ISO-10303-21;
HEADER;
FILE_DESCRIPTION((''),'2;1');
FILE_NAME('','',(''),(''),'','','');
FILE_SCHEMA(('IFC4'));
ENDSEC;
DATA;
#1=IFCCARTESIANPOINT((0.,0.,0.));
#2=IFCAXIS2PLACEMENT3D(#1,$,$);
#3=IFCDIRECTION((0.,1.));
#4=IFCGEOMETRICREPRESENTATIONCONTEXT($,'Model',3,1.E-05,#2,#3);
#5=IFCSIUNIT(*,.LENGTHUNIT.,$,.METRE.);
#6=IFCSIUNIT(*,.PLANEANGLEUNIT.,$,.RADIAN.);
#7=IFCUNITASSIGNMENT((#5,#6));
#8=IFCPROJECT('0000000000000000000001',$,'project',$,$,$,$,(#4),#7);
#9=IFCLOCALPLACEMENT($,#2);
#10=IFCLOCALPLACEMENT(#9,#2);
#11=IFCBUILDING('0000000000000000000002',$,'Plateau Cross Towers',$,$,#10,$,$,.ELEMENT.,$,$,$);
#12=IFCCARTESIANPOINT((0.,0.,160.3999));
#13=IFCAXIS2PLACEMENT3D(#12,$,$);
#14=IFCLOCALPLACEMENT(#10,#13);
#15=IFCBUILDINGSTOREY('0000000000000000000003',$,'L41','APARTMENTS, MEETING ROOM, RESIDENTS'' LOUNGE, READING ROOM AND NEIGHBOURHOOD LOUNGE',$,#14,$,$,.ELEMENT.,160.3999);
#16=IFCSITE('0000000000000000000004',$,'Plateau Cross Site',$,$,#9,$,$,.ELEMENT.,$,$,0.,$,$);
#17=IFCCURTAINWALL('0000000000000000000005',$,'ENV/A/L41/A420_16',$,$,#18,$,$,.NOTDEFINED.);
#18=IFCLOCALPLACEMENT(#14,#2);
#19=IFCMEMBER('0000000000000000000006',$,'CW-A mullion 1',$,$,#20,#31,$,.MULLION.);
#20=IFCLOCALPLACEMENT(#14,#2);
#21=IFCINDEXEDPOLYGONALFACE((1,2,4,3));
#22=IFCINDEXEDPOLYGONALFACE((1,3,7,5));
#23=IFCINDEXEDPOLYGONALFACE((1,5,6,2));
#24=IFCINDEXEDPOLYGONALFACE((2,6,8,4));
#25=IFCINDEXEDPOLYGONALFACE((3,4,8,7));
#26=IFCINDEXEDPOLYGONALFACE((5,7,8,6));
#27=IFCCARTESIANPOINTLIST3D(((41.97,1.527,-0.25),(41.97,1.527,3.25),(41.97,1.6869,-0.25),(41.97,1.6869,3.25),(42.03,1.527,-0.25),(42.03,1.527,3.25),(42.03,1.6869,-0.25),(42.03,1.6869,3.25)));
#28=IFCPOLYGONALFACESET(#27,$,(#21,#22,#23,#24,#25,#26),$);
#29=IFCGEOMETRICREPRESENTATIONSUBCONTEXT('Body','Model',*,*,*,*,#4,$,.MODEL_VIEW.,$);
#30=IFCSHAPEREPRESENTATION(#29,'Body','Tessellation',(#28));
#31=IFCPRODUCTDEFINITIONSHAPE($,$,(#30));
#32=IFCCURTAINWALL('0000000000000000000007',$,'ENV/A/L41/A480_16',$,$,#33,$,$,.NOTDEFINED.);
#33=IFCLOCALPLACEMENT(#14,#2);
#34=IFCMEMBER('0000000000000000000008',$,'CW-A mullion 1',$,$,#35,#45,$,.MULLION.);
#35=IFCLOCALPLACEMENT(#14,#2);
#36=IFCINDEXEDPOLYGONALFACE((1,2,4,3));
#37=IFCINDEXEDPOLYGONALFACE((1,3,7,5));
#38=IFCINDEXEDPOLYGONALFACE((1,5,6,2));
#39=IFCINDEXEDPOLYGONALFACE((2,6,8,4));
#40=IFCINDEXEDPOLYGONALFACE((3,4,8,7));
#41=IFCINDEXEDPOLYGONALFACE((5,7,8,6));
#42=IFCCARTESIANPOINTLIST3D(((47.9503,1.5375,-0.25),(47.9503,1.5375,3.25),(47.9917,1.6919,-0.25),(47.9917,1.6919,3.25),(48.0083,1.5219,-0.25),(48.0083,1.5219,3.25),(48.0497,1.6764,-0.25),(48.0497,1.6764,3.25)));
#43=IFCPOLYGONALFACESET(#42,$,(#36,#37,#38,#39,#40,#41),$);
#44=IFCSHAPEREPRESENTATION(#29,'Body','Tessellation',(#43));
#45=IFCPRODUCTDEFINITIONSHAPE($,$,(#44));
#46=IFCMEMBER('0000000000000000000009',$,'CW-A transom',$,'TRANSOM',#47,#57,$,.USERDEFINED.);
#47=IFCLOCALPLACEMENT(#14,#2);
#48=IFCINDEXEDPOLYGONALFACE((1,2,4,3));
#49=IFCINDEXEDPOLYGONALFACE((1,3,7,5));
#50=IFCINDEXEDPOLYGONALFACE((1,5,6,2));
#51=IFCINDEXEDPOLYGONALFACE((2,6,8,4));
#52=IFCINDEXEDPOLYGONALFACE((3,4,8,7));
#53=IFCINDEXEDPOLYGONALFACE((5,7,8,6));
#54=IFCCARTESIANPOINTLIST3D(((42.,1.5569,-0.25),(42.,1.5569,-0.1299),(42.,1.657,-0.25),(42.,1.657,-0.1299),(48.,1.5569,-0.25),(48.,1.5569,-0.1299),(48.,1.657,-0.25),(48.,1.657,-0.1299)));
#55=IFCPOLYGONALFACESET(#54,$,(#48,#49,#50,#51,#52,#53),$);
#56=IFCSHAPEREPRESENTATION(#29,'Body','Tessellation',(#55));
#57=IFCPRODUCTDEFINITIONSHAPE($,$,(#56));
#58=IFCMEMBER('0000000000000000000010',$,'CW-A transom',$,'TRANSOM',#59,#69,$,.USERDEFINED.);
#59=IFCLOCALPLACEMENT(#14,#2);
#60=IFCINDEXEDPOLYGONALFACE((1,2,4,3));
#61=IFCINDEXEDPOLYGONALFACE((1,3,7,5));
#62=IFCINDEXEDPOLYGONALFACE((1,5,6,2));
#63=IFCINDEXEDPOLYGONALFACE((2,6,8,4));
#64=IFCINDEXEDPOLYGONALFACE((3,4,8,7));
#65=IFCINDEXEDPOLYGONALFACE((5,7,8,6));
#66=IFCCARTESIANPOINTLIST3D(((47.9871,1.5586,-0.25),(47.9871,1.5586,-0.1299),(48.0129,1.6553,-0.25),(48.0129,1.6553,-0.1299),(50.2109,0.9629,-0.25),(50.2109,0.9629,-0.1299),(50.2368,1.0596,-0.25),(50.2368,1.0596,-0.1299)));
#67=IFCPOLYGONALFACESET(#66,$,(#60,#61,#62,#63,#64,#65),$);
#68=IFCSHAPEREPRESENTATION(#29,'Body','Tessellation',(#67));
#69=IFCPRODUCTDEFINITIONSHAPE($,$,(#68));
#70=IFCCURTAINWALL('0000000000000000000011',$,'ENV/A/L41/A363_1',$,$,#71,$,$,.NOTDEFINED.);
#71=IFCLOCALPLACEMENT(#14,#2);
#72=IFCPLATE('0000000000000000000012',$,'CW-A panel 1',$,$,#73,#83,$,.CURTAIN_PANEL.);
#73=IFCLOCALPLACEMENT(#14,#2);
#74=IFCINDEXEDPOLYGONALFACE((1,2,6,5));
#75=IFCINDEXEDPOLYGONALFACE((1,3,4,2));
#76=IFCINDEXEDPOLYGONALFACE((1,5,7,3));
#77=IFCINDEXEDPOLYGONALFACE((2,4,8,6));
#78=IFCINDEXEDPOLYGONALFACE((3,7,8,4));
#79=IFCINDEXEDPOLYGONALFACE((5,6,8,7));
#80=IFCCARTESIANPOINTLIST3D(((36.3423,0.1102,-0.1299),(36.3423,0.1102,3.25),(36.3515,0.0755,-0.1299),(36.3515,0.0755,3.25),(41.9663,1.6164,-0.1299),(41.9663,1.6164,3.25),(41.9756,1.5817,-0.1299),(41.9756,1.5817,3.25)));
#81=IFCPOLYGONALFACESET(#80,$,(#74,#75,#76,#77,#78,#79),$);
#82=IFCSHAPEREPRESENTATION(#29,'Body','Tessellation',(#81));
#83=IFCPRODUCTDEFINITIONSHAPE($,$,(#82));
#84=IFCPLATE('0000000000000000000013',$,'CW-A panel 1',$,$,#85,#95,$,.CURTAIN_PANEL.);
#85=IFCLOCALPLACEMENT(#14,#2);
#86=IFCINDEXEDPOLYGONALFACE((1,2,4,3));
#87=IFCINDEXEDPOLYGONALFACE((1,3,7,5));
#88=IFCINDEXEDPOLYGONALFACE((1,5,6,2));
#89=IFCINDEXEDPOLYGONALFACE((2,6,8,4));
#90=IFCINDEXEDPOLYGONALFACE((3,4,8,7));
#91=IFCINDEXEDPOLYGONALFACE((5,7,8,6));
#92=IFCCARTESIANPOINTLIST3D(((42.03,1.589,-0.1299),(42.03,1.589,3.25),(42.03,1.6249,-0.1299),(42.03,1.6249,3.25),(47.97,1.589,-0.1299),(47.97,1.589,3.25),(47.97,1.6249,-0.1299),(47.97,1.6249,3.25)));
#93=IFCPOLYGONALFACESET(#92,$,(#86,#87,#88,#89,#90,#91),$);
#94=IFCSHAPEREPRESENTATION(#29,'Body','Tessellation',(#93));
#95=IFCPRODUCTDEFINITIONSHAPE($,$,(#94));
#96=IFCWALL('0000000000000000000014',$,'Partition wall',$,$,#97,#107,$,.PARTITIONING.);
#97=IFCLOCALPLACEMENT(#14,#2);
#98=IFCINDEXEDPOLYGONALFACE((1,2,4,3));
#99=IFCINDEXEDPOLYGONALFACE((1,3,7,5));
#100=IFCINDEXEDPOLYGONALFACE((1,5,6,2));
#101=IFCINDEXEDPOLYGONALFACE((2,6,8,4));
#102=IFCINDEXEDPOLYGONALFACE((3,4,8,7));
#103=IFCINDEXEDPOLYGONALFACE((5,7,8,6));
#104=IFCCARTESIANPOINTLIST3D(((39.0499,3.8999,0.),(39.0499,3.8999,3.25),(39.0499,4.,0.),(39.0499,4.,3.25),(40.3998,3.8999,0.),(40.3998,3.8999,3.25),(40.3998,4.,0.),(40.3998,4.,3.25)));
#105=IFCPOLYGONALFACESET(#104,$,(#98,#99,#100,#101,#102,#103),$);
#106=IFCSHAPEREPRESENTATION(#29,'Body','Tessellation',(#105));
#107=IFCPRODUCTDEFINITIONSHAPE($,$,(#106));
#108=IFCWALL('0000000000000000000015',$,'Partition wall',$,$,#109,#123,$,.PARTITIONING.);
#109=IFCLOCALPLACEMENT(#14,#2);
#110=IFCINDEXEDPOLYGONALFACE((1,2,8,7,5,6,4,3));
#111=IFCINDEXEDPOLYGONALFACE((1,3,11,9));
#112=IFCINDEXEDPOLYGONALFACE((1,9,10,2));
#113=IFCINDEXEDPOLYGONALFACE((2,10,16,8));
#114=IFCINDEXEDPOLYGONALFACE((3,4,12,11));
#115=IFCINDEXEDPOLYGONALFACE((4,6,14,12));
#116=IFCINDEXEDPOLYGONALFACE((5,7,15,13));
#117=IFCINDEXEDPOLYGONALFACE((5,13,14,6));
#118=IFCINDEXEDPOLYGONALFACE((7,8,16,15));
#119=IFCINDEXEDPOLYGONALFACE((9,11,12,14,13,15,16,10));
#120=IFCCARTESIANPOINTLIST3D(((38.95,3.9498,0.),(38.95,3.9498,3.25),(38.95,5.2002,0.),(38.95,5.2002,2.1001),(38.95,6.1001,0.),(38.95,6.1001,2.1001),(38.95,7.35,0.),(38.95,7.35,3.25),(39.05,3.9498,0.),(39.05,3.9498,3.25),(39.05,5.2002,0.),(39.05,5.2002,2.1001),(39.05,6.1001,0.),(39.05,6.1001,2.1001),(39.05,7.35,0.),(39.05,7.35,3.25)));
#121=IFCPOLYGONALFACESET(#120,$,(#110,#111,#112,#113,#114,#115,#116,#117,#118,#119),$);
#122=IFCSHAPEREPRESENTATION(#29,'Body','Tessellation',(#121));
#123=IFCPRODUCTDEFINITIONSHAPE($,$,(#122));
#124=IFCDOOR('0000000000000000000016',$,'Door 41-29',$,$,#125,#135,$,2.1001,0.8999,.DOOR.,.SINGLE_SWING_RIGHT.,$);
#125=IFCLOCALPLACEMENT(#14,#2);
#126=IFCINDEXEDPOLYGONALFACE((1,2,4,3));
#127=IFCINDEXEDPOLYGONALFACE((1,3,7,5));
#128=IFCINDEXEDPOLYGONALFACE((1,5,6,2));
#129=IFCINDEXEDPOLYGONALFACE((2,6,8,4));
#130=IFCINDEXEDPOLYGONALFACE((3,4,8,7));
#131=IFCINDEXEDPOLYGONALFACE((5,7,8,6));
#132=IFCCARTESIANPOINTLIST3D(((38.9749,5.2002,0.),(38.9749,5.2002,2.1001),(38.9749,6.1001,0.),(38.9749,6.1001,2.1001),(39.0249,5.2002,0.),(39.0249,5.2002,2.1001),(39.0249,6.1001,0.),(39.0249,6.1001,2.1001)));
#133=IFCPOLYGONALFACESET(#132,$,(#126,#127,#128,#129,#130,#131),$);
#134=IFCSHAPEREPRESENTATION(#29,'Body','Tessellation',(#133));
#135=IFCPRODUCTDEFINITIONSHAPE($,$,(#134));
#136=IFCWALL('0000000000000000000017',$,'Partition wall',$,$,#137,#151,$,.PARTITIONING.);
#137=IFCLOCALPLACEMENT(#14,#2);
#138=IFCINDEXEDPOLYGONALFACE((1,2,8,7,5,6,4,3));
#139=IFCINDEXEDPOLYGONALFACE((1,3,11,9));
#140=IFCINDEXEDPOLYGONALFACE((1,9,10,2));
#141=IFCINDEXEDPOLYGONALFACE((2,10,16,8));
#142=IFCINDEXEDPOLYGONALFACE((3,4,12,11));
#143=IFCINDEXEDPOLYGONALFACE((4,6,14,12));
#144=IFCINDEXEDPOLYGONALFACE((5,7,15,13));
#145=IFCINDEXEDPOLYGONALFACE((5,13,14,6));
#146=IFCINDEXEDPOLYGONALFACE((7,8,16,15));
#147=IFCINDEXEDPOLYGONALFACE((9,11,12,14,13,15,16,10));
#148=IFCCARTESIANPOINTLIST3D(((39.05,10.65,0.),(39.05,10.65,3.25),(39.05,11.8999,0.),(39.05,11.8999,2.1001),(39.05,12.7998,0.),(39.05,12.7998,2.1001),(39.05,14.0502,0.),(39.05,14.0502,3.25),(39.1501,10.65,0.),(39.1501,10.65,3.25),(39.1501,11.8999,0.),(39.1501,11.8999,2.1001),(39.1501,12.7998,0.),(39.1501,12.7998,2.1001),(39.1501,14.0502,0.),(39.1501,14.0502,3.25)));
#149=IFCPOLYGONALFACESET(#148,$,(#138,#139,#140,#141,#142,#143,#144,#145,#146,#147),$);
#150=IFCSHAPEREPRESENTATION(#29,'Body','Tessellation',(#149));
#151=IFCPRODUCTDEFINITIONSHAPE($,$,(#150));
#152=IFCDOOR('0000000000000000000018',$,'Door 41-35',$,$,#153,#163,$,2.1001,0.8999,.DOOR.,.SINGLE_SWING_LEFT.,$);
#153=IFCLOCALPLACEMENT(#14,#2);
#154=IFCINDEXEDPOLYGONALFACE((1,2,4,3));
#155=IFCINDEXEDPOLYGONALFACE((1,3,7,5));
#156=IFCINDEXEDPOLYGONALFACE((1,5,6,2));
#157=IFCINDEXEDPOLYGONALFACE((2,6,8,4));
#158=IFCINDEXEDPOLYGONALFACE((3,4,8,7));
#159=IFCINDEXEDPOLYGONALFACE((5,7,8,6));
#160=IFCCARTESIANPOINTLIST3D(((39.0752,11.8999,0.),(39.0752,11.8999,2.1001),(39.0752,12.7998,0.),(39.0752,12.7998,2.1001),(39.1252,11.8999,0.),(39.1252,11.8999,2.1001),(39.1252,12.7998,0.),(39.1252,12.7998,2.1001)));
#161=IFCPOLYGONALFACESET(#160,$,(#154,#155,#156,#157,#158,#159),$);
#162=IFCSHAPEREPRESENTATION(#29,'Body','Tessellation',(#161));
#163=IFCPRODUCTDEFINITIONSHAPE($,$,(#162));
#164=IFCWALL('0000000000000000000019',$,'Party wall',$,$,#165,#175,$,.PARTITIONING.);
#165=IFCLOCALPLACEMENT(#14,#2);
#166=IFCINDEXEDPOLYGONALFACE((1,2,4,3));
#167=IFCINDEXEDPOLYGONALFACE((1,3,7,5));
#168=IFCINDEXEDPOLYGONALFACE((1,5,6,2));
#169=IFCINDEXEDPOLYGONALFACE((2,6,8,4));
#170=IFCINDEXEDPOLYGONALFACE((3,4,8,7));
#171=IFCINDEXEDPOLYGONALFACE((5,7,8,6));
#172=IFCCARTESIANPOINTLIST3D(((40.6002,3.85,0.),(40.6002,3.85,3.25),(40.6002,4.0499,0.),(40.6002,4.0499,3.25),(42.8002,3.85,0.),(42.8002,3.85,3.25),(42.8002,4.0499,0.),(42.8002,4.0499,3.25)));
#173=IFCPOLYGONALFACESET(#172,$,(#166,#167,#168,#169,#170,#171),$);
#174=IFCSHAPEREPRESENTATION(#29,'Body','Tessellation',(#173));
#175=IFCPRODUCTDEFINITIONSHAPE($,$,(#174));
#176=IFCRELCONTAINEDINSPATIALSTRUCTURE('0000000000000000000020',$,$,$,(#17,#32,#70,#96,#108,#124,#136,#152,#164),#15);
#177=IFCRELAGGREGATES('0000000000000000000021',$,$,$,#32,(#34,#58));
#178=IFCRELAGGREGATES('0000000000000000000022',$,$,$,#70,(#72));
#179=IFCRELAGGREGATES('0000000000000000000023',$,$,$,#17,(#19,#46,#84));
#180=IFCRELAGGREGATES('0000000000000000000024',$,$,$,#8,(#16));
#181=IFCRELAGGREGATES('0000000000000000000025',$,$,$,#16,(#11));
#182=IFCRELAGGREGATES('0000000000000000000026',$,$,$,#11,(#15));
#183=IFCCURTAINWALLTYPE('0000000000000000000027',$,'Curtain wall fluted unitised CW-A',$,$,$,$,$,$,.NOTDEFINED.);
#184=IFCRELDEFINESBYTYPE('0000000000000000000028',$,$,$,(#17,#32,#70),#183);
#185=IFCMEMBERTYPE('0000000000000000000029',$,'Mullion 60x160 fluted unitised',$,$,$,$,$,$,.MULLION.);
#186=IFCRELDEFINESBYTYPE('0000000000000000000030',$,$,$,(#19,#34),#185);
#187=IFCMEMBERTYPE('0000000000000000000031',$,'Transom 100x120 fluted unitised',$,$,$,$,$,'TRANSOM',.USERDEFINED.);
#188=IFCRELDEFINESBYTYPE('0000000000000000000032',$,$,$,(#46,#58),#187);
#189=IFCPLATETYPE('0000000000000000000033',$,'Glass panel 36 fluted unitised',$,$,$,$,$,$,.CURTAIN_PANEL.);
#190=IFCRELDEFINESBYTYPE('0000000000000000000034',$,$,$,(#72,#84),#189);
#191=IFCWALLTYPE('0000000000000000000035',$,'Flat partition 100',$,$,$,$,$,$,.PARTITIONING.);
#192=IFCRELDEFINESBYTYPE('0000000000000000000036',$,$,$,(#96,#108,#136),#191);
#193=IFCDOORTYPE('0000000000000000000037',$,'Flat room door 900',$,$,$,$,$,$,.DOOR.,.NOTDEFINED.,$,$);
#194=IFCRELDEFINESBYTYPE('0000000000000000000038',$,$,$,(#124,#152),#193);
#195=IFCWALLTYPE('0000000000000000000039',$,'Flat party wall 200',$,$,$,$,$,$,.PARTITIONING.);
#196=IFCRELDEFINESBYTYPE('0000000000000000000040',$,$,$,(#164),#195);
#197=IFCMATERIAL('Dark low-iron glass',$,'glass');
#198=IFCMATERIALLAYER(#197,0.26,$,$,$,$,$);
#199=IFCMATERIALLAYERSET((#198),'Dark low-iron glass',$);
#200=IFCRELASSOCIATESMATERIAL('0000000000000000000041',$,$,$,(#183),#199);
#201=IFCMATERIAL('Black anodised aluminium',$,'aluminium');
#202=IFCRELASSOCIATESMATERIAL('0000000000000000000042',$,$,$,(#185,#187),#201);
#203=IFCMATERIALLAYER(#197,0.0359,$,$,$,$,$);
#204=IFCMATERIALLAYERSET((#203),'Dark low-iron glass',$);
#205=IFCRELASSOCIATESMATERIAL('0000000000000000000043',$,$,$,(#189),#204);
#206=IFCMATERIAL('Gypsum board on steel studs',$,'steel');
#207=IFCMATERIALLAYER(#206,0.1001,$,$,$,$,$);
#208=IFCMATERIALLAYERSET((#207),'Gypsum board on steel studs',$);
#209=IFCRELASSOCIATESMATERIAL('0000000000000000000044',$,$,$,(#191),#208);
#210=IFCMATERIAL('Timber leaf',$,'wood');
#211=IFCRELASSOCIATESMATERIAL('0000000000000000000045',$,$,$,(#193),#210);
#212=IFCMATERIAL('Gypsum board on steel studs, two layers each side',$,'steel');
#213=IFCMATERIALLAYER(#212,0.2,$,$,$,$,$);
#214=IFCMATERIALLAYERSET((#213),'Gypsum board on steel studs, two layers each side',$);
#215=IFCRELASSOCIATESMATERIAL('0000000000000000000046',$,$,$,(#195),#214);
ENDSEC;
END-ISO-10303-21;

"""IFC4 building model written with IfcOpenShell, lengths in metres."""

from ifc_helpers import new_model, si_unit, direction, frame, frame_2d, origin, origin_2d, place, context, subcontext, project, spatial, rectangle, extrude, material, layer, layer_set, material_profile, profile_set, type_object, element, fill, aggregate, save


model = new_model("IFC4")

# Units and contexts
model_context = context("Model", 3, precision=1e-05, world=origin(), true_north=direction((0.0, 1.0)))
body_context = subcontext(model_context, "Body", "Model", "MODEL_VIEW")
ifc_project = project(units=[si_unit("LENGTHUNIT", "METRE"), si_unit("PLANEANGLEUNIT", "RADIAN")], contexts=[model_context])

# Site, building, storey
site_placement = place(None, origin())
site = spatial("IfcSite", under=ifc_project, at=site_placement, Name="Plateau Cross Site", CompositionType="ELEMENT", RefElevation=0.0)
building_placement = place(site_placement, origin())
building = spatial("IfcBuilding", under=site, at=building_placement, Name="Plateau Cross Towers", CompositionType="ELEMENT")
storey_placement = place(building_placement, frame((0.0, 0.0, 160.3999)))
storey = spatial("IfcBuildingStorey", under=building, at=storey_placement, Name="L41", Description="APARTMENTS, MEETING ROOM, RESIDENTS' LOUNGE, READING ROOM AND NEIGHBOURHOOD LOUNGE", CompositionType="ELEMENT", Elevation=160.3999)

# Curtain walls, members
ifc_material_1 = material(Name="Dark low-iron glass", Category="glass")
ifc_layer_1 = layer(ifc_material_1, 0.26)
ifc_layer_set_1 = layer_set([ifc_layer_1], Name="Dark low-iron glass")
curtain_wall_type = type_object("IfcCurtainWallType", Name="Curtain wall fluted unitised CW-A", PredefinedType="NOTDEFINED", material=ifc_layer_set_1)
curtain_wall_1_placement = place(storey_placement, origin())
curtain_wall_1 = element("IfcCurtainWall", 1, at=curtain_wall_1_placement, inside=storey, type_object=curtain_wall_type, Name="ENV/A/L41/A420_16", PredefinedType="NOTDEFINED")
ifc_material_2 = material(Name="Black anodised aluminium", Category="aluminium")
ifc_material_profile_1 = material_profile(ifc_material_2, rectangle(XDim=0.0601, YDim=0.1599, at=origin_2d()), Name="MULLION 60x160")
ifc_profile_set_1 = profile_set([ifc_material_profile_1], Name="Black anodised aluminium")
member_type_1 = type_object("IfcMemberType", Name="Mullion 60x160 fluted unitised", PredefinedType="MULLION", material=ifc_profile_set_1)
member_1_placement = place(storey_placement, frame((42.0, 1.6069, -0.25), z_axis=(0.0, 0.0, 1.0), x_axis=(1.0, 0.0, 0.0)))
member_1 = element("IfcMember", 2, at=member_1_placement, type_object=member_type_1, Name="CW-A mullion 1", PredefinedType="MULLION", context=body_context, shape_type="SweptSolid", body=[
    extrude(rectangle(XDim=0.0601, YDim=0.1599, at=origin_2d()), origin(), (0.0, 0.0, 1.0), 3.5),
])
curtain_wall_2_placement = place(storey_placement, origin())
curtain_wall_2 = element("IfcCurtainWall", 3, at=curtain_wall_2_placement, inside=storey, type_object=curtain_wall_type, Name="ENV/A/L41/A480_16", PredefinedType="NOTDEFINED")
member_2_placement = place(storey_placement, frame((48.0, 1.6069, -0.25), z_axis=(0.0, 0.0, 1.0), x_axis=(0.965958, -0.258699, 0.0)))
member_2 = element("IfcMember", 4, at=member_2_placement, type_object=member_type_1, Name="CW-A mullion 1", PredefinedType="MULLION", context=body_context, shape_type="SweptSolid", body=[
    extrude(rectangle(XDim=0.0601, YDim=0.1599, at=origin_2d()), origin(), (0.0, 0.0, 1.0), 3.5),
])

# Members
ifc_material_profile_2 = material_profile(ifc_material_2, rectangle(XDim=0.1001, YDim=0.1201, at=origin_2d()), Name="TRANSOM 100x120")
ifc_profile_set_2 = profile_set([ifc_material_profile_2], Name="Black anodised aluminium")
member_type_2 = type_object("IfcMemberType", Name="Transom 100x120 fluted unitised", ElementType="TRANSOM", PredefinedType="USERDEFINED", material=ifc_profile_set_2)
member_3_placement = place(storey_placement, frame((42.0, 1.6069, -0.1899), z_axis=(1.0, 0.0, 0.0), x_axis=(0.0, 1.0, 0.0)))
member_3 = element("IfcMember", 5, at=member_3_placement, type_object=member_type_2, Name="CW-A transom", ObjectType="TRANSOM", PredefinedType="USERDEFINED", context=body_context, shape_type="SweptSolid", body=[
    extrude(rectangle(XDim=0.1001, YDim=0.1201, at=origin_2d()), origin(), (0.0, 0.0, 1.0), 6.0),
])
member_4_placement = place(storey_placement, frame((48.0, 1.6069, -0.1899), z_axis=(0.965946, -0.258745, 0.0), x_axis=(0.258745, 0.965946, 0.0)))
member_4 = element("IfcMember", 6, at=member_4_placement, type_object=member_type_2, Name="CW-A transom", ObjectType="TRANSOM", PredefinedType="USERDEFINED", context=body_context, shape_type="SweptSolid", body=[
    extrude(rectangle(XDim=0.1001, YDim=0.1201, at=origin_2d()), origin(), (0.0, 0.0, 1.0), 2.3022),
])
aggregate(curtain_wall_2, [member_2, member_4])

# Curtain wall, plate
curtain_wall_3_placement = place(storey_placement, origin())
curtain_wall_3 = element("IfcCurtainWall", 7, at=curtain_wall_3_placement, inside=storey, type_object=curtain_wall_type, Name="ENV/A/L41/A363_1", PredefinedType="NOTDEFINED")
ifc_layer_2 = layer(ifc_material_1, 0.0359)
ifc_layer_set_2 = layer_set([ifc_layer_2], Name="Dark low-iron glass")
plate_type = type_object("IfcPlateType", Name="Glass panel 36 fluted unitised", PredefinedType="CURTAIN_PANEL", material=ifc_layer_set_2)
plate_1_placement = place(storey_placement, frame((39.1589, 0.8459, -0.1299), z_axis=(0.0, 0.0, 1.0), x_axis=(0.965958, 0.258699, 0.0)))
plate_1 = element("IfcPlate", 8, at=plate_1_placement, type_object=plate_type, Name="CW-A panel 1", PredefinedType="CURTAIN_PANEL", context=body_context, shape_type="SweptSolid", body=[
    extrude(rectangle(XDim=5.8223, YDim=0.0359, at=origin_2d()), origin(), (0.0, 0.0, 1.0), 3.3799),
])
aggregate(curtain_wall_3, [plate_1])

# Plate
plate_2_placement = place(storey_placement, frame((45.0, 1.6069, -0.1299), z_axis=(0.0, 0.0, 1.0), x_axis=(1.0, 0.0, 0.0)))
plate_2 = element("IfcPlate", 9, at=plate_2_placement, type_object=plate_type, Name="CW-A panel 1", PredefinedType="CURTAIN_PANEL", context=body_context, shape_type="SweptSolid", body=[
    extrude(rectangle(XDim=5.9399, YDim=0.0359, at=origin_2d()), origin(), (0.0, 0.0, 1.0), 3.3799),
])
aggregate(curtain_wall_1, [member_1, member_3, plate_2])

# Wall
ifc_material_3 = material(Name="Gypsum board on steel studs", Category="steel")
ifc_layer_3 = layer(ifc_material_3, 0.1001)
ifc_layer_set_3 = layer_set([ifc_layer_3], Name="Gypsum board on steel studs")
wall_type_1 = type_object("IfcWallType", Name="Flat partition 100", PredefinedType="PARTITIONING", material=ifc_layer_set_3)
wall_1_placement = place(storey_placement, frame((39.05, 3.95, 0.0), z_axis=(0.0, 0.0, 1.0), x_axis=(1.0, 0.0, 0.0)))
element("IfcWall", 10, at=wall_1_placement, inside=storey, type_object=wall_type_1, Name="Partition wall", PredefinedType="PARTITIONING", context=body_context, shape_type="SweptSolid", body=[
    extrude(rectangle(XDim=1.3499, YDim=0.1001, at=frame_2d((0.6748, 0.0))), origin(), (0.0, 0.0, 1.0), 3.25),
])

# Walls, openings, doors
wall_2_placement = place(storey_placement, frame((39.0, 7.3501, 0.0), z_axis=(0.0, 0.0, 1.0), x_axis=(0.0, -1.0, 0.0)))
wall_2 = element("IfcWall", 11, at=wall_2_placement, inside=storey, type_object=wall_type_1, Name="Partition wall", PredefinedType="PARTITIONING", context=body_context, shape_type="SweptSolid", body=[
    extrude(rectangle(XDim=3.4001, YDim=0.1001, at=frame_2d((1.7002, 0.0))), origin(), (0.0, 0.0, 1.0), 3.25),
])
opening_1_placement = place(wall_2_placement, frame((1.25, 0.0, 0.0)))
opening_1 = element("IfcOpeningElement", 12, at=opening_1_placement, cuts=wall_2, PredefinedType="OPENING", context=body_context, shape_type="SweptSolid", body=[
    extrude(rectangle(XDim=0.8999, YDim=2.1001, at=frame_2d((0.45, 1.05))), frame((0.0, 0.0601, 0.0), z_axis=(0.0, -1.0, 0.0), x_axis=(1.0, 0.0, 0.0)), (0.0, 0.0, 1.0), 0.1201),
])
ifc_material_4 = material(Name="Timber leaf", Category="wood")
door_type_1 = type_object("IfcDoorType", Name="Flat room door 900", OperationType="NOTDEFINED", PredefinedType="DOOR", material=ifc_material_4)
door_1_placement = place(opening_1_placement, origin())
door_1 = element("IfcDoor", 13, at=door_1_placement, inside=storey, type_object=door_type_1, Name="Door 41-29", OperationType="SINGLE_SWING_RIGHT", OverallHeight=2.1001, OverallWidth=0.8999, PredefinedType="DOOR", context=body_context, shape_type="SweptSolid", body=[
    extrude(rectangle(XDim=0.8999, YDim=2.1001, at=frame_2d((0.45, 1.05))), frame((0.0, 0.0249, 0.0), z_axis=(0.0, -1.0, 0.0), x_axis=(1.0, 0.0, 0.0)), (0.0, 0.0, 1.0), 0.05),
])
fill(opening_1, door_1)
wall_3_placement = place(storey_placement, frame((39.1001, 10.6499, 0.0), z_axis=(0.0, 0.0, 1.0), x_axis=(0.0, 1.0, 0.0)))
wall_3 = element("IfcWall", 14, at=wall_3_placement, inside=storey, type_object=wall_type_1, Name="Partition wall", PredefinedType="PARTITIONING", context=body_context, shape_type="SweptSolid", body=[
    extrude(rectangle(XDim=3.4001, YDim=0.1001, at=frame_2d((1.7002, 0.0))), origin(), (0.0, 0.0, 1.0), 3.25),
])
opening_2_placement = place(wall_3_placement, frame((1.25, 0.0, 0.0)))
opening_2 = element("IfcOpeningElement", 15, at=opening_2_placement, cuts=wall_3, PredefinedType="OPENING", context=body_context, shape_type="SweptSolid", body=[
    extrude(rectangle(XDim=0.8999, YDim=2.1001, at=frame_2d((0.45, 1.05))), frame((0.0, 0.0601, 0.0), z_axis=(0.0, -1.0, 0.0), x_axis=(1.0, 0.0, 0.0)), (0.0, 0.0, 1.0), 0.1201),
])
door_2_placement = place(opening_2_placement, origin())
door_2 = element("IfcDoor", 16, at=door_2_placement, inside=storey, type_object=door_type_1, Name="Door 41-35", OperationType="SINGLE_SWING_LEFT", OverallHeight=2.1001, OverallWidth=0.8999, PredefinedType="DOOR", context=body_context, shape_type="SweptSolid", body=[
    extrude(rectangle(XDim=0.8999, YDim=2.1001, at=frame_2d((0.45, 1.05))), frame((0.0, 0.0249, 0.0), z_axis=(0.0, -1.0, 0.0), x_axis=(1.0, 0.0, 0.0)), (0.0, 0.0, 1.0), 0.05),
])
fill(opening_2, door_2)

# Wall
ifc_material_5 = material(Name="Gypsum board on steel studs, two layers each side", Category="steel")
ifc_layer_4 = layer(ifc_material_5, 0.2)
ifc_layer_set_4 = layer_set([ifc_layer_4], Name="Gypsum board on steel studs, two layers each side")
wall_type_2 = type_object("IfcWallType", Name="Flat party wall 200", PredefinedType="PARTITIONING", material=ifc_layer_set_4)
wall_4_placement = place(storey_placement, frame((40.6001, 3.95, 0.0), z_axis=(0.0, 0.0, 1.0), x_axis=(1.0, 0.0, 0.0)))
element("IfcWall", 17, at=wall_4_placement, inside=storey, type_object=wall_type_2, Name="Party wall", PredefinedType="PARTITIONING", context=body_context, shape_type="SweptSolid", body=[
    extrude(rectangle(XDim=2.2, YDim=0.2, at=frame_2d((1.1001, 0.0))), origin(), (0.0, 0.0, 1.0), 3.25),
])

save(model, "model.ifc")
